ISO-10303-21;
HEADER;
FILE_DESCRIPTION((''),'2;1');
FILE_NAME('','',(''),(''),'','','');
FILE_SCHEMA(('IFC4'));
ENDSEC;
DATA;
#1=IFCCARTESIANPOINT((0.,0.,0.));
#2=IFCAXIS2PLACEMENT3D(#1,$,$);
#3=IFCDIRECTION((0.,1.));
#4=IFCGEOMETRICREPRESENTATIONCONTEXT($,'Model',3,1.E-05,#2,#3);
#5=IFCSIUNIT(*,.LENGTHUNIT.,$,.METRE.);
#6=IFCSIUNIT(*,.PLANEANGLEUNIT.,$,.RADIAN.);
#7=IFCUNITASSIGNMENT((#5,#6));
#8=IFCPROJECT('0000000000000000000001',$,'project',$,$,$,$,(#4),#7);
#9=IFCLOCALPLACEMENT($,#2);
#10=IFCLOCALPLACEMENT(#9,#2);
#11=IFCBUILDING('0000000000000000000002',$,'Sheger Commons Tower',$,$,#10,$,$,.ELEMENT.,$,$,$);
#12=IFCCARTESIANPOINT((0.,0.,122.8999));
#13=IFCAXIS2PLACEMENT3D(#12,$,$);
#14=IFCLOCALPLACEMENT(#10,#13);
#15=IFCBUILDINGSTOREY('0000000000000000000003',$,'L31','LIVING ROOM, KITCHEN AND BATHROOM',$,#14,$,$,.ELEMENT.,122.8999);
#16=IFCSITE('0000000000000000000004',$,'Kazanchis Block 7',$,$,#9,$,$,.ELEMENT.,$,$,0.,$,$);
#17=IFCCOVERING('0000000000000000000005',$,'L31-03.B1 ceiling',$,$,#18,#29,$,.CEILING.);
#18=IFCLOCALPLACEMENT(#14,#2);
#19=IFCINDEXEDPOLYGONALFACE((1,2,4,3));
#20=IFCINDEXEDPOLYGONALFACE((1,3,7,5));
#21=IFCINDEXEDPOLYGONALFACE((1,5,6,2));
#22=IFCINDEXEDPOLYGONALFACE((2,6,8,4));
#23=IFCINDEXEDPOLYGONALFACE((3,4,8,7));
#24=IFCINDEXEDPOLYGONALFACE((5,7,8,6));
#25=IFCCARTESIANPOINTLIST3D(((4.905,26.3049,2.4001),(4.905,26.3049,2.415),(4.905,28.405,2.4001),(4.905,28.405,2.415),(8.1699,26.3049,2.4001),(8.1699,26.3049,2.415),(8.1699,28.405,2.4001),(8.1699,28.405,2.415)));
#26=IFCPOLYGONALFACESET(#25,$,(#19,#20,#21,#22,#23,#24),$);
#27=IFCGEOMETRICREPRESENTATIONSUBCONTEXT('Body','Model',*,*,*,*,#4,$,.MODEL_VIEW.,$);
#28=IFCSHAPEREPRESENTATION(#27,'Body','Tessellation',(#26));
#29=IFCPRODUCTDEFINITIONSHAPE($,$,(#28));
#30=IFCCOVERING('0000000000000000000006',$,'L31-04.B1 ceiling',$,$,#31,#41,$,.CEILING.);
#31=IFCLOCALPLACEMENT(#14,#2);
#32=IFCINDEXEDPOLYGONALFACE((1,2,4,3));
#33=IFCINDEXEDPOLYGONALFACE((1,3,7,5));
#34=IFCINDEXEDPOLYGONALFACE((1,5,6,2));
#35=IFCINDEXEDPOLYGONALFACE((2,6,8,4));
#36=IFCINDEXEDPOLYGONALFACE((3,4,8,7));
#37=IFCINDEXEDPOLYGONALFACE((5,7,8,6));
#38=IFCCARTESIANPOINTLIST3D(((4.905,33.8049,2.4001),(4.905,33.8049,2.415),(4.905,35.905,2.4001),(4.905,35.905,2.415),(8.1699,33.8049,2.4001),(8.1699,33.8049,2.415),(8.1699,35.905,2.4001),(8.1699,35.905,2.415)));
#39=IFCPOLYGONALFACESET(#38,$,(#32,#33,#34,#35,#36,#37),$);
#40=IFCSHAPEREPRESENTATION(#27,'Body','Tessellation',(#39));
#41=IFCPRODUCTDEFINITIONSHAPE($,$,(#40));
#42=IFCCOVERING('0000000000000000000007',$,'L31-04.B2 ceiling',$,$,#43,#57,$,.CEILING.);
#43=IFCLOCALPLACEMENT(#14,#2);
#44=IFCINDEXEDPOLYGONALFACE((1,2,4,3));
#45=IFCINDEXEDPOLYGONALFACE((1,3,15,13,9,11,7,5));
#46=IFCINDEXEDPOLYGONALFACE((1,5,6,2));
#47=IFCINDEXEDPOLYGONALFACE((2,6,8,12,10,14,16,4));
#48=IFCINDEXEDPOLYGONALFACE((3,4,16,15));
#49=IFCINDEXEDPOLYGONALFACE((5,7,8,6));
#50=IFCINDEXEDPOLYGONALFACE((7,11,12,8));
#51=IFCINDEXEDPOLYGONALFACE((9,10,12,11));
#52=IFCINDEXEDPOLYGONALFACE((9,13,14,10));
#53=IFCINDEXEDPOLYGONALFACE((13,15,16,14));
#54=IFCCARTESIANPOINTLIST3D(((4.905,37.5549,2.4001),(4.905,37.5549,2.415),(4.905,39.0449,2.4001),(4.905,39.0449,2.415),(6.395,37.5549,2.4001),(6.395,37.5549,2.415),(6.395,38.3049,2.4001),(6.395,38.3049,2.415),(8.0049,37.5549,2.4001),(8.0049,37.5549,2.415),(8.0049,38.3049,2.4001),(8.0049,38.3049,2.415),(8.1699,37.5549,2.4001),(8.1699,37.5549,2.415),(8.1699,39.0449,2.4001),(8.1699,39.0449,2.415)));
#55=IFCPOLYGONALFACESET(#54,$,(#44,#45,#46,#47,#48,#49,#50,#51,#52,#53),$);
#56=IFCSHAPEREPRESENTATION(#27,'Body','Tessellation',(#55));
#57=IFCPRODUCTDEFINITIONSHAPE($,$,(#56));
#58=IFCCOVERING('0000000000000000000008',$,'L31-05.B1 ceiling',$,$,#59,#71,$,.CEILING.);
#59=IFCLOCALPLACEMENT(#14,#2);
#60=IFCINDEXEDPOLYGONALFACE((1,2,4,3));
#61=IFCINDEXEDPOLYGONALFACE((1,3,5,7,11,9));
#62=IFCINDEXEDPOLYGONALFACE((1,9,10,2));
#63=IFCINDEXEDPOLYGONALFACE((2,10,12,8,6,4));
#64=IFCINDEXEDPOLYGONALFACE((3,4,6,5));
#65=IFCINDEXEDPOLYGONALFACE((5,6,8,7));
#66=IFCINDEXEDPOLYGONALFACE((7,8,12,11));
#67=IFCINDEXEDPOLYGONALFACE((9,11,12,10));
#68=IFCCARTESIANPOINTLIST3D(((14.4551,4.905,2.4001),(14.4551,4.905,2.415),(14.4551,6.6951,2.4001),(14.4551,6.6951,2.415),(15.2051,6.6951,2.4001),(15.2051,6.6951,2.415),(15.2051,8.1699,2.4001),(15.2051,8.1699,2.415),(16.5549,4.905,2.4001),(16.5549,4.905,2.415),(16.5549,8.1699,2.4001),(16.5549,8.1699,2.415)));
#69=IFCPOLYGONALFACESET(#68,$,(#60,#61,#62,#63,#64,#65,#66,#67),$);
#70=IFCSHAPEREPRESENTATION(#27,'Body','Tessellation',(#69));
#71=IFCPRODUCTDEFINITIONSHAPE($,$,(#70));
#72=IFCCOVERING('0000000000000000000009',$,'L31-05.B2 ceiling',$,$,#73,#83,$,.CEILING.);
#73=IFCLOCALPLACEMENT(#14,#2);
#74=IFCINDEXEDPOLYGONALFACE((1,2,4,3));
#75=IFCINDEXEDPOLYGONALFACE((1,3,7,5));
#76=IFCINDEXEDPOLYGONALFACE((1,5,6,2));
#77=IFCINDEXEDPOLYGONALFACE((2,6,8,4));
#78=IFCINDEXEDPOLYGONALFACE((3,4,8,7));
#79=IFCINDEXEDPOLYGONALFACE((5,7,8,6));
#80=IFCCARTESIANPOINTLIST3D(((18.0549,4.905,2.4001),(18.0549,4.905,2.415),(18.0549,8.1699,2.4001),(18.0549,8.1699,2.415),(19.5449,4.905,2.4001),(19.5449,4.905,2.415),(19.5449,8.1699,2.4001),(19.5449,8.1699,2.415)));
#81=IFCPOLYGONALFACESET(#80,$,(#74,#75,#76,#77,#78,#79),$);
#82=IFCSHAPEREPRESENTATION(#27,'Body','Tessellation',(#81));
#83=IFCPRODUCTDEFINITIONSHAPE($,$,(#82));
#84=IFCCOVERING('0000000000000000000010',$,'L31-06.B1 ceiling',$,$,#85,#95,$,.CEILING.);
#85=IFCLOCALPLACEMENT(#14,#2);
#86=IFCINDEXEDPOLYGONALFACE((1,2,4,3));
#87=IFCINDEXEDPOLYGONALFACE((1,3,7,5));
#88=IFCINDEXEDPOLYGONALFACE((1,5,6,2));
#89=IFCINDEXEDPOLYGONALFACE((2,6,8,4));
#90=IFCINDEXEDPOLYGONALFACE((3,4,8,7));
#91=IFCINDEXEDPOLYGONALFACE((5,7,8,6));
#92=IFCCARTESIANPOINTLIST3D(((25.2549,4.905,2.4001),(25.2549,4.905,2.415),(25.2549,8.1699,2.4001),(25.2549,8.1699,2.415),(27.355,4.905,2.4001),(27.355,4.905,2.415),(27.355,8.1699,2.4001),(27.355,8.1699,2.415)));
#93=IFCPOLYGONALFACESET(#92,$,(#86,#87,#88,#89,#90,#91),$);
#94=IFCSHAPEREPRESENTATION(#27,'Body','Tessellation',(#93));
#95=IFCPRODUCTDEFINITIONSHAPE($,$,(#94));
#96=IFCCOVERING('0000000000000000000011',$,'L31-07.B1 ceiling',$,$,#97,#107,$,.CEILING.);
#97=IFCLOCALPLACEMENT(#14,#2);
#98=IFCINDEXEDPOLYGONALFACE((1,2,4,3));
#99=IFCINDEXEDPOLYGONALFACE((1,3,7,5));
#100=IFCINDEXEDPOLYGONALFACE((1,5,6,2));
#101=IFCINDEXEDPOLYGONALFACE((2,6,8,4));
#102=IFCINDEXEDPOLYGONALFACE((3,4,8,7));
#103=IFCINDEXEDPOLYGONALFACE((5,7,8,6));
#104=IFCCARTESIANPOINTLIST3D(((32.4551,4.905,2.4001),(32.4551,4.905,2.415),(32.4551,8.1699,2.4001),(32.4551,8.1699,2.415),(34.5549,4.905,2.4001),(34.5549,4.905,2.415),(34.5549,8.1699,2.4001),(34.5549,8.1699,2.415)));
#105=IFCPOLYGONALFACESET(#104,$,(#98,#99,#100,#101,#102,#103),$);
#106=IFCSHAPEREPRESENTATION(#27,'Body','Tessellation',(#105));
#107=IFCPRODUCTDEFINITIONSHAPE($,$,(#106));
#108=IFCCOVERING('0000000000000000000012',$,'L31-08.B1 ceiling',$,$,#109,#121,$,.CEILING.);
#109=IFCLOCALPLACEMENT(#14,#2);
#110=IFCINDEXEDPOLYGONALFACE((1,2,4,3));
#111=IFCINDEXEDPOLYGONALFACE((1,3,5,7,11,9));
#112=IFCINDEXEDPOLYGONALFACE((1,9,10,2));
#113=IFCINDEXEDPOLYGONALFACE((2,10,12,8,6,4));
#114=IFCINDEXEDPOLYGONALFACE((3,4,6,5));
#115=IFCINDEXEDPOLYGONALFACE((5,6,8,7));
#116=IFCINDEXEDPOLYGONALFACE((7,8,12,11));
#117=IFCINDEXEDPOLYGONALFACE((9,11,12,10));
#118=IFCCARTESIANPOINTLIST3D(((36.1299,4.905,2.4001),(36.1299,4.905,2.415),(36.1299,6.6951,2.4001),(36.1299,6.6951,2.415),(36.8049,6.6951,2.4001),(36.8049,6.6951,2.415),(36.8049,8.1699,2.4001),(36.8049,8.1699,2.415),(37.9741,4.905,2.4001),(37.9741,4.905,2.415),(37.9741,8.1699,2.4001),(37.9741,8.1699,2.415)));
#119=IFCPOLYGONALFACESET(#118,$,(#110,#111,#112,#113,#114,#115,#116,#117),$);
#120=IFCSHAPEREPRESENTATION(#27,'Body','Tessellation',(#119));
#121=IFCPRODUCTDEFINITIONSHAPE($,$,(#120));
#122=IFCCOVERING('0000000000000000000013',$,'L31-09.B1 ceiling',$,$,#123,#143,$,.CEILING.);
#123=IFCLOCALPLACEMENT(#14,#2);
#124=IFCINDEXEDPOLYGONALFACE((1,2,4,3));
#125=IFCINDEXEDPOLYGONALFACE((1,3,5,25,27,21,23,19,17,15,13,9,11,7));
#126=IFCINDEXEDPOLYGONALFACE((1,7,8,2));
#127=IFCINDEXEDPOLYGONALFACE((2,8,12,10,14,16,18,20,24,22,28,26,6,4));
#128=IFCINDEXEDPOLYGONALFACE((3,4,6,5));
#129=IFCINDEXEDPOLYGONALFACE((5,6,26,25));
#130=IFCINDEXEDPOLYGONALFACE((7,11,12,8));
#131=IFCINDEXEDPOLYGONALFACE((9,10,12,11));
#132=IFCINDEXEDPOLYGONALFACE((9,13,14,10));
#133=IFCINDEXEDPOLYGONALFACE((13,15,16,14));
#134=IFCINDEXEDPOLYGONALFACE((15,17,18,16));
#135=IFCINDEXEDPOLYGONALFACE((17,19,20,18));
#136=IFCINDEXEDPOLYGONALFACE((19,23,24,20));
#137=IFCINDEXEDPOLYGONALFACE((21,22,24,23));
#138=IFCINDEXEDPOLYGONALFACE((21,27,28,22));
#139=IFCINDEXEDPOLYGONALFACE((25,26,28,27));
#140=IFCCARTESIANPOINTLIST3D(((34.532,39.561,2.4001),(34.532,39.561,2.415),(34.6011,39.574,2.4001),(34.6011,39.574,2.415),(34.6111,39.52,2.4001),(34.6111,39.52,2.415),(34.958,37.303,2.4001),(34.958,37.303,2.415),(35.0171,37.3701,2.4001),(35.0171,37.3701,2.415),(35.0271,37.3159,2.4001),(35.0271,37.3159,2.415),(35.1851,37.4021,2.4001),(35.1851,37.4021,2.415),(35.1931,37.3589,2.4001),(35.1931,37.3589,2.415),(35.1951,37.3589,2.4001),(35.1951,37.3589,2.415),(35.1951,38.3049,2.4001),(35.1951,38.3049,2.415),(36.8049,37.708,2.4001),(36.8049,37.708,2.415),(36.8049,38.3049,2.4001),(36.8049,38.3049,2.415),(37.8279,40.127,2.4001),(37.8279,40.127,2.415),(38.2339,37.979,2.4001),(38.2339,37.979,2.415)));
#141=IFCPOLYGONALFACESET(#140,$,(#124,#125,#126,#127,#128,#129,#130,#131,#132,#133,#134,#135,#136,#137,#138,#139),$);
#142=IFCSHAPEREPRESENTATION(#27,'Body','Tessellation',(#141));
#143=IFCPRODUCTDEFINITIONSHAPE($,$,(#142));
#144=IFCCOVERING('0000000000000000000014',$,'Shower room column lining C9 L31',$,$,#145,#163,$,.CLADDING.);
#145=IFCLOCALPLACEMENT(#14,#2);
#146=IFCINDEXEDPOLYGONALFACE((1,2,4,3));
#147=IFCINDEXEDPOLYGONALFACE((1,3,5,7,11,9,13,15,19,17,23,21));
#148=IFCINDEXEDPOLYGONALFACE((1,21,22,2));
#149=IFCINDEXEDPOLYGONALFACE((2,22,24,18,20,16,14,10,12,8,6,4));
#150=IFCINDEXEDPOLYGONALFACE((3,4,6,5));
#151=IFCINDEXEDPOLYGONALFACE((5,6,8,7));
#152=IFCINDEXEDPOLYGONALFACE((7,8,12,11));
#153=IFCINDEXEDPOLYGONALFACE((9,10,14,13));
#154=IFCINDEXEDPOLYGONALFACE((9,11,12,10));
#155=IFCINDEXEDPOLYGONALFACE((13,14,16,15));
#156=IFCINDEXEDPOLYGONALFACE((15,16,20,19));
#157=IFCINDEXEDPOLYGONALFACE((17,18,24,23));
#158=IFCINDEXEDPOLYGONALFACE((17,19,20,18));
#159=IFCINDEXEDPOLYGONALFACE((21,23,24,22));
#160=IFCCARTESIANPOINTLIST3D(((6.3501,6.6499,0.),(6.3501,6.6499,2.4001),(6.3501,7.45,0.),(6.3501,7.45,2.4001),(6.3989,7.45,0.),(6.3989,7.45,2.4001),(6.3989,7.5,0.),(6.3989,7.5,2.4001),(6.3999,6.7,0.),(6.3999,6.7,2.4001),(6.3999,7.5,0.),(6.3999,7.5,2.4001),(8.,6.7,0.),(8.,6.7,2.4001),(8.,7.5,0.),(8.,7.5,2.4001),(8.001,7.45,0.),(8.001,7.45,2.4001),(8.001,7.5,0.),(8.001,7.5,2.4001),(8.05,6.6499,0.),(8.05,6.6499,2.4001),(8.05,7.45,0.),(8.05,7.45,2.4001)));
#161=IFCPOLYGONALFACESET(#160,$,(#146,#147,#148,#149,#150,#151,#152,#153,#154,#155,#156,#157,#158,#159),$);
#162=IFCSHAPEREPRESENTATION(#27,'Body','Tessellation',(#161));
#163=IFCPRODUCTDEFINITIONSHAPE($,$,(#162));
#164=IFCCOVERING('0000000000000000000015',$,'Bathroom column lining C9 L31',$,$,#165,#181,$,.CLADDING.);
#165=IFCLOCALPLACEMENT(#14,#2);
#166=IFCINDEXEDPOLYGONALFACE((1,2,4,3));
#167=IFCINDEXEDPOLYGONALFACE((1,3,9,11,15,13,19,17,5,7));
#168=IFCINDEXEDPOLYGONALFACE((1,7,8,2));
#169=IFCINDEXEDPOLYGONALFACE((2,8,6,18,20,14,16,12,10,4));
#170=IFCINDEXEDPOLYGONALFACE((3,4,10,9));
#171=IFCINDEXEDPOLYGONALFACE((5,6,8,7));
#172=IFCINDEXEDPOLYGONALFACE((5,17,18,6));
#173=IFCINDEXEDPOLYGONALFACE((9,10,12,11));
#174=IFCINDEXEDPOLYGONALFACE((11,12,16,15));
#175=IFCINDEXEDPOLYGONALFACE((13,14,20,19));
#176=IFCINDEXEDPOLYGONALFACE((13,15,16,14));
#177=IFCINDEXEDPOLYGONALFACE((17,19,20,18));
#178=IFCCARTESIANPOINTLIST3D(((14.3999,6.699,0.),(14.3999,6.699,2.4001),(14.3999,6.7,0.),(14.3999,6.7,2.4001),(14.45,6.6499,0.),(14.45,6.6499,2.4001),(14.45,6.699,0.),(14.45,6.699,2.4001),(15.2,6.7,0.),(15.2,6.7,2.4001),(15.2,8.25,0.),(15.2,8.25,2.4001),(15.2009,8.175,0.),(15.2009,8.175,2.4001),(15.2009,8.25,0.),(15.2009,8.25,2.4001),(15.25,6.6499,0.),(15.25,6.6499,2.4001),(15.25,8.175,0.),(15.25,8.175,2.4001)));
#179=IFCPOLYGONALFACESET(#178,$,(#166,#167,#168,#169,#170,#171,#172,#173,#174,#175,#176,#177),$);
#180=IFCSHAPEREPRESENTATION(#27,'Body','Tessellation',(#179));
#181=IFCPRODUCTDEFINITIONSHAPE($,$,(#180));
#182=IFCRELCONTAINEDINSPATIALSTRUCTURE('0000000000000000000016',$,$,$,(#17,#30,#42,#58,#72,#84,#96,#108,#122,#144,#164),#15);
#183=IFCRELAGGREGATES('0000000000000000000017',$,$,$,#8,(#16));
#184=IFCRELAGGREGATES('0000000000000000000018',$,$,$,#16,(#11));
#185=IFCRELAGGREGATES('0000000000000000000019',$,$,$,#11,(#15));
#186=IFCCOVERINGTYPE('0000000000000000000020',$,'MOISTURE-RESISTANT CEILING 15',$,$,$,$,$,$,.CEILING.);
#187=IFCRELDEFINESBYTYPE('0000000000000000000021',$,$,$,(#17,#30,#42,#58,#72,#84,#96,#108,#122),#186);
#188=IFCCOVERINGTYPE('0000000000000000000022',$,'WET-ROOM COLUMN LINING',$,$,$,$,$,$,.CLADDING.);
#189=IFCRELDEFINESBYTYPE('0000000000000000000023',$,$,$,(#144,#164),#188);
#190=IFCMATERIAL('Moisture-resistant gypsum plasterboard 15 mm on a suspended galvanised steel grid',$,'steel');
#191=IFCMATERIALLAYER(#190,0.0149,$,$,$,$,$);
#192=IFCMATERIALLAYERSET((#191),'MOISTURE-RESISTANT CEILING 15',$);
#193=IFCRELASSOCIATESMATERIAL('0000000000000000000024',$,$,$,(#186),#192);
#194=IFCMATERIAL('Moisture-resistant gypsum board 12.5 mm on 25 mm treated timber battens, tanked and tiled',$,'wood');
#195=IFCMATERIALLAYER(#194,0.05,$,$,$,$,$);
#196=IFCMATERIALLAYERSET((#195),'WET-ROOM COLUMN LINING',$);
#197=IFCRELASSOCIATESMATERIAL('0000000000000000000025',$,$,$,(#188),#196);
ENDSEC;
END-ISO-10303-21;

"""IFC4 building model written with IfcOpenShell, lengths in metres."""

from ifc_helpers import new_model, si_unit, direction, frame, origin, place, context, subcontext, project, spatial, polyline, outline, extrude, material, layer, layer_set, type_object, element, save


model = new_model("IFC4")

# Units and contexts
model_context = context("Model", 3, precision=1e-05, world=origin(), true_north=direction((0.0, 1.0)))
body_context = subcontext(model_context, "Body", "Model", "MODEL_VIEW")
ifc_project = project(units=[si_unit("LENGTHUNIT", "METRE"), si_unit("PLANEANGLEUNIT", "RADIAN")], contexts=[model_context])

# Site, building, storey
site_placement = place(None, origin())
site = spatial("IfcSite", under=ifc_project, at=site_placement, Name="Kazanchis Block 7", CompositionType="ELEMENT", RefElevation=0.0)
building_placement = place(site_placement, origin())
building = spatial("IfcBuilding", under=site, at=building_placement, Name="Sheger Commons Tower", CompositionType="ELEMENT")
storey_placement = place(building_placement, frame((0.0, 0.0, 122.8999)))
storey = spatial("IfcBuildingStorey", under=building, at=storey_placement, Name="L31", Description="LIVING ROOM, KITCHEN AND BATHROOM", CompositionType="ELEMENT", Elevation=122.8999)

# Coverings
ifc_material_1 = material(Name="Moisture-resistant gypsum plasterboard 15 mm on a suspended galvanised steel grid", Category="steel")
ifc_layer_1 = layer(ifc_material_1, 0.0149)
ifc_layer_set_1 = layer_set([ifc_layer_1], Name="MOISTURE-RESISTANT CEILING 15")
covering_type_1 = type_object("IfcCoveringType", Name="MOISTURE-RESISTANT CEILING 15", PredefinedType="CEILING", material=ifc_layer_set_1)
covering_1_placement = place(storey_placement, frame((0.0, 0.0, 2.4001)))
element("IfcCovering", 1, at=covering_1_placement, inside=storey, type_object=covering_type_1, Name="L31-03.B1 ceiling", PredefinedType="CEILING", context=body_context, shape_type="SweptSolid", body=[
    extrude(outline(polyline([(4.905, 26.3049), (8.1699, 26.3049), (8.1699, 28.405), (4.905, 28.405), (4.905, 26.3049)])), origin(), (0.0, 0.0, 1.0), 0.0149),
])
covering_2_placement = place(storey_placement, frame((0.0, 0.0, 2.4001)))
element("IfcCovering", 2, at=covering_2_placement, inside=storey, type_object=covering_type_1, Name="L31-04.B1 ceiling", PredefinedType="CEILING", context=body_context, shape_type="SweptSolid", body=[
    extrude(outline(polyline([(4.905, 33.8049), (8.1699, 33.8049), (8.1699, 35.905), (4.905, 35.905), (4.905, 33.8049)])), origin(), (0.0, 0.0, 1.0), 0.0149),
])
covering_3_placement = place(storey_placement, frame((0.0, 0.0, 2.4001)))
element("IfcCovering", 3, at=covering_3_placement, inside=storey, type_object=covering_type_1, Name="L31-04.B2 ceiling", PredefinedType="CEILING", context=body_context, shape_type="SweptSolid", body=[
    extrude(outline(polyline([(4.905, 37.5549), (6.395, 37.5549), (6.395, 38.3049), (8.0049, 38.3049), (8.0049, 37.5549), (8.1699, 37.5549), (8.1699, 39.0449), (4.905, 39.0449), (4.905, 37.5549)])), origin(), (0.0, 0.0, 1.0), 0.0149),
])
covering_4_placement = place(storey_placement, frame((0.0, 0.0, 2.4001)))
element("IfcCovering", 4, at=covering_4_placement, inside=storey, type_object=covering_type_1, Name="L31-05.B1 ceiling", PredefinedType="CEILING", context=body_context, shape_type="SweptSolid", body=[
    extrude(outline(polyline([(14.4551, 4.905), (16.5549, 4.905), (16.5549, 8.1699), (15.2051, 8.1699), (15.2051, 6.6951), (14.4551, 6.6951), (14.4551, 4.905)])), origin(), (0.0, 0.0, 1.0), 0.0149),
])
covering_5_placement = place(storey_placement, frame((0.0, 0.0, 2.4001)))
element("IfcCovering", 5, at=covering_5_placement, inside=storey, type_object=covering_type_1, Name="L31-05.B2 ceiling", PredefinedType="CEILING", context=body_context, shape_type="SweptSolid", body=[
    extrude(outline(polyline([(18.0549, 4.905), (19.5449, 4.905), (19.5449, 8.1699), (18.0549, 8.1699), (18.0549, 4.905)])), origin(), (0.0, 0.0, 1.0), 0.0149),
])
covering_6_placement = place(storey_placement, frame((0.0, 0.0, 2.4001)))
element("IfcCovering", 6, at=covering_6_placement, inside=storey, type_object=covering_type_1, Name="L31-06.B1 ceiling", PredefinedType="CEILING", context=body_context, shape_type="SweptSolid", body=[
    extrude(outline(polyline([(25.2549, 4.905), (27.355, 4.905), (27.355, 8.1699), (25.2549, 8.1699), (25.2549, 4.905)])), origin(), (0.0, 0.0, 1.0), 0.0149),
])
covering_7_placement = place(storey_placement, frame((0.0, 0.0, 2.4001)))
element("IfcCovering", 7, at=covering_7_placement, inside=storey, type_object=covering_type_1, Name="L31-07.B1 ceiling", PredefinedType="CEILING", context=body_context, shape_type="SweptSolid", body=[
    extrude(outline(polyline([(32.4551, 4.905), (34.5549, 4.905), (34.5549, 8.1699), (32.4551, 8.1699), (32.4551, 4.905)])), origin(), (0.0, 0.0, 1.0), 0.0149),
])
covering_8_placement = place(storey_placement, frame((0.0, 0.0, 2.4001)))
element("IfcCovering", 8, at=covering_8_placement, inside=storey, type_object=covering_type_1, Name="L31-08.B1 ceiling", PredefinedType="CEILING", context=body_context, shape_type="SweptSolid", body=[
    extrude(outline(polyline([(36.1299, 4.905), (37.9741, 4.905), (37.9741, 8.1699), (36.8049, 8.1699), (36.8049, 6.6951), (36.1299, 6.6951), (36.1299, 4.905)])), origin(), (0.0, 0.0, 1.0), 0.0149),
])
covering_9_placement = place(storey_placement, frame((0.0, 0.0, 2.4001)))
element("IfcCovering", 9, at=covering_9_placement, inside=storey, type_object=covering_type_1, Name="L31-09.B1 ceiling", PredefinedType="CEILING", context=body_context, shape_type="SweptSolid", body=[
    extrude(outline(polyline([(34.958, 37.303), (35.0271, 37.3159), (35.0171, 37.3701), (35.1851, 37.4021), (35.1931, 37.3589), (35.1951, 37.3589), (35.1951, 38.3049), (36.8049, 38.3049), (36.8049, 37.708), (38.2339, 37.979), (37.8279, 40.127), (34.6111, 39.52), (34.6011, 39.574), (34.532, 39.561), (34.958, 37.303)])), origin(), (0.0, 0.0, 1.0), 0.0149),
])
ifc_material_2 = material(Name="Moisture-resistant gypsum board 12.5 mm on 25 mm treated timber battens, tanked and tiled", Category="wood")
ifc_layer_2 = layer(ifc_material_2, 0.05)
ifc_layer_set_2 = layer_set([ifc_layer_2], Name="WET-ROOM COLUMN LINING")
covering_type_2 = type_object("IfcCoveringType", Name="WET-ROOM COLUMN LINING", PredefinedType="CLADDING", material=ifc_layer_set_2)
covering_10_placement = place(storey_placement, origin())
element("IfcCovering", 10, at=covering_10_placement, inside=storey, type_object=covering_type_2, Name="Shower room column lining C9 L31", PredefinedType="CLADDING", context=body_context, shape_type="SweptSolid", body=[
    extrude(outline(polyline([(6.3999, 7.5), (6.3999, 6.7), (8.0, 6.7), (8.0, 7.5), (8.001, 7.5), (8.001, 7.45), (8.05, 7.45), (8.05, 6.6499), (6.3501, 6.6499), (6.3501, 7.45), (6.3989, 7.45), (6.3989, 7.5), (6.3999, 7.5)])), origin(), (0.0, 0.0, 1.0), 2.4001),
])
covering_11_placement = place(storey_placement, origin())
element("IfcCovering", 11, at=covering_11_placement, inside=storey, type_object=covering_type_2, Name="Bathroom column lining C9 L31", PredefinedType="CLADDING", context=body_context, shape_type="SweptSolid", body=[
    extrude(outline(polyline([(14.45, 6.6499), (14.45, 6.699), (14.3999, 6.699), (14.3999, 6.7), (15.2, 6.7), (15.2, 8.25), (15.2009, 8.25), (15.2009, 8.175), (15.25, 8.175), (15.25, 6.6499), (14.45, 6.6499)])), origin(), (0.0, 0.0, 1.0), 2.4001),
])

save(model, "model.ifc")
